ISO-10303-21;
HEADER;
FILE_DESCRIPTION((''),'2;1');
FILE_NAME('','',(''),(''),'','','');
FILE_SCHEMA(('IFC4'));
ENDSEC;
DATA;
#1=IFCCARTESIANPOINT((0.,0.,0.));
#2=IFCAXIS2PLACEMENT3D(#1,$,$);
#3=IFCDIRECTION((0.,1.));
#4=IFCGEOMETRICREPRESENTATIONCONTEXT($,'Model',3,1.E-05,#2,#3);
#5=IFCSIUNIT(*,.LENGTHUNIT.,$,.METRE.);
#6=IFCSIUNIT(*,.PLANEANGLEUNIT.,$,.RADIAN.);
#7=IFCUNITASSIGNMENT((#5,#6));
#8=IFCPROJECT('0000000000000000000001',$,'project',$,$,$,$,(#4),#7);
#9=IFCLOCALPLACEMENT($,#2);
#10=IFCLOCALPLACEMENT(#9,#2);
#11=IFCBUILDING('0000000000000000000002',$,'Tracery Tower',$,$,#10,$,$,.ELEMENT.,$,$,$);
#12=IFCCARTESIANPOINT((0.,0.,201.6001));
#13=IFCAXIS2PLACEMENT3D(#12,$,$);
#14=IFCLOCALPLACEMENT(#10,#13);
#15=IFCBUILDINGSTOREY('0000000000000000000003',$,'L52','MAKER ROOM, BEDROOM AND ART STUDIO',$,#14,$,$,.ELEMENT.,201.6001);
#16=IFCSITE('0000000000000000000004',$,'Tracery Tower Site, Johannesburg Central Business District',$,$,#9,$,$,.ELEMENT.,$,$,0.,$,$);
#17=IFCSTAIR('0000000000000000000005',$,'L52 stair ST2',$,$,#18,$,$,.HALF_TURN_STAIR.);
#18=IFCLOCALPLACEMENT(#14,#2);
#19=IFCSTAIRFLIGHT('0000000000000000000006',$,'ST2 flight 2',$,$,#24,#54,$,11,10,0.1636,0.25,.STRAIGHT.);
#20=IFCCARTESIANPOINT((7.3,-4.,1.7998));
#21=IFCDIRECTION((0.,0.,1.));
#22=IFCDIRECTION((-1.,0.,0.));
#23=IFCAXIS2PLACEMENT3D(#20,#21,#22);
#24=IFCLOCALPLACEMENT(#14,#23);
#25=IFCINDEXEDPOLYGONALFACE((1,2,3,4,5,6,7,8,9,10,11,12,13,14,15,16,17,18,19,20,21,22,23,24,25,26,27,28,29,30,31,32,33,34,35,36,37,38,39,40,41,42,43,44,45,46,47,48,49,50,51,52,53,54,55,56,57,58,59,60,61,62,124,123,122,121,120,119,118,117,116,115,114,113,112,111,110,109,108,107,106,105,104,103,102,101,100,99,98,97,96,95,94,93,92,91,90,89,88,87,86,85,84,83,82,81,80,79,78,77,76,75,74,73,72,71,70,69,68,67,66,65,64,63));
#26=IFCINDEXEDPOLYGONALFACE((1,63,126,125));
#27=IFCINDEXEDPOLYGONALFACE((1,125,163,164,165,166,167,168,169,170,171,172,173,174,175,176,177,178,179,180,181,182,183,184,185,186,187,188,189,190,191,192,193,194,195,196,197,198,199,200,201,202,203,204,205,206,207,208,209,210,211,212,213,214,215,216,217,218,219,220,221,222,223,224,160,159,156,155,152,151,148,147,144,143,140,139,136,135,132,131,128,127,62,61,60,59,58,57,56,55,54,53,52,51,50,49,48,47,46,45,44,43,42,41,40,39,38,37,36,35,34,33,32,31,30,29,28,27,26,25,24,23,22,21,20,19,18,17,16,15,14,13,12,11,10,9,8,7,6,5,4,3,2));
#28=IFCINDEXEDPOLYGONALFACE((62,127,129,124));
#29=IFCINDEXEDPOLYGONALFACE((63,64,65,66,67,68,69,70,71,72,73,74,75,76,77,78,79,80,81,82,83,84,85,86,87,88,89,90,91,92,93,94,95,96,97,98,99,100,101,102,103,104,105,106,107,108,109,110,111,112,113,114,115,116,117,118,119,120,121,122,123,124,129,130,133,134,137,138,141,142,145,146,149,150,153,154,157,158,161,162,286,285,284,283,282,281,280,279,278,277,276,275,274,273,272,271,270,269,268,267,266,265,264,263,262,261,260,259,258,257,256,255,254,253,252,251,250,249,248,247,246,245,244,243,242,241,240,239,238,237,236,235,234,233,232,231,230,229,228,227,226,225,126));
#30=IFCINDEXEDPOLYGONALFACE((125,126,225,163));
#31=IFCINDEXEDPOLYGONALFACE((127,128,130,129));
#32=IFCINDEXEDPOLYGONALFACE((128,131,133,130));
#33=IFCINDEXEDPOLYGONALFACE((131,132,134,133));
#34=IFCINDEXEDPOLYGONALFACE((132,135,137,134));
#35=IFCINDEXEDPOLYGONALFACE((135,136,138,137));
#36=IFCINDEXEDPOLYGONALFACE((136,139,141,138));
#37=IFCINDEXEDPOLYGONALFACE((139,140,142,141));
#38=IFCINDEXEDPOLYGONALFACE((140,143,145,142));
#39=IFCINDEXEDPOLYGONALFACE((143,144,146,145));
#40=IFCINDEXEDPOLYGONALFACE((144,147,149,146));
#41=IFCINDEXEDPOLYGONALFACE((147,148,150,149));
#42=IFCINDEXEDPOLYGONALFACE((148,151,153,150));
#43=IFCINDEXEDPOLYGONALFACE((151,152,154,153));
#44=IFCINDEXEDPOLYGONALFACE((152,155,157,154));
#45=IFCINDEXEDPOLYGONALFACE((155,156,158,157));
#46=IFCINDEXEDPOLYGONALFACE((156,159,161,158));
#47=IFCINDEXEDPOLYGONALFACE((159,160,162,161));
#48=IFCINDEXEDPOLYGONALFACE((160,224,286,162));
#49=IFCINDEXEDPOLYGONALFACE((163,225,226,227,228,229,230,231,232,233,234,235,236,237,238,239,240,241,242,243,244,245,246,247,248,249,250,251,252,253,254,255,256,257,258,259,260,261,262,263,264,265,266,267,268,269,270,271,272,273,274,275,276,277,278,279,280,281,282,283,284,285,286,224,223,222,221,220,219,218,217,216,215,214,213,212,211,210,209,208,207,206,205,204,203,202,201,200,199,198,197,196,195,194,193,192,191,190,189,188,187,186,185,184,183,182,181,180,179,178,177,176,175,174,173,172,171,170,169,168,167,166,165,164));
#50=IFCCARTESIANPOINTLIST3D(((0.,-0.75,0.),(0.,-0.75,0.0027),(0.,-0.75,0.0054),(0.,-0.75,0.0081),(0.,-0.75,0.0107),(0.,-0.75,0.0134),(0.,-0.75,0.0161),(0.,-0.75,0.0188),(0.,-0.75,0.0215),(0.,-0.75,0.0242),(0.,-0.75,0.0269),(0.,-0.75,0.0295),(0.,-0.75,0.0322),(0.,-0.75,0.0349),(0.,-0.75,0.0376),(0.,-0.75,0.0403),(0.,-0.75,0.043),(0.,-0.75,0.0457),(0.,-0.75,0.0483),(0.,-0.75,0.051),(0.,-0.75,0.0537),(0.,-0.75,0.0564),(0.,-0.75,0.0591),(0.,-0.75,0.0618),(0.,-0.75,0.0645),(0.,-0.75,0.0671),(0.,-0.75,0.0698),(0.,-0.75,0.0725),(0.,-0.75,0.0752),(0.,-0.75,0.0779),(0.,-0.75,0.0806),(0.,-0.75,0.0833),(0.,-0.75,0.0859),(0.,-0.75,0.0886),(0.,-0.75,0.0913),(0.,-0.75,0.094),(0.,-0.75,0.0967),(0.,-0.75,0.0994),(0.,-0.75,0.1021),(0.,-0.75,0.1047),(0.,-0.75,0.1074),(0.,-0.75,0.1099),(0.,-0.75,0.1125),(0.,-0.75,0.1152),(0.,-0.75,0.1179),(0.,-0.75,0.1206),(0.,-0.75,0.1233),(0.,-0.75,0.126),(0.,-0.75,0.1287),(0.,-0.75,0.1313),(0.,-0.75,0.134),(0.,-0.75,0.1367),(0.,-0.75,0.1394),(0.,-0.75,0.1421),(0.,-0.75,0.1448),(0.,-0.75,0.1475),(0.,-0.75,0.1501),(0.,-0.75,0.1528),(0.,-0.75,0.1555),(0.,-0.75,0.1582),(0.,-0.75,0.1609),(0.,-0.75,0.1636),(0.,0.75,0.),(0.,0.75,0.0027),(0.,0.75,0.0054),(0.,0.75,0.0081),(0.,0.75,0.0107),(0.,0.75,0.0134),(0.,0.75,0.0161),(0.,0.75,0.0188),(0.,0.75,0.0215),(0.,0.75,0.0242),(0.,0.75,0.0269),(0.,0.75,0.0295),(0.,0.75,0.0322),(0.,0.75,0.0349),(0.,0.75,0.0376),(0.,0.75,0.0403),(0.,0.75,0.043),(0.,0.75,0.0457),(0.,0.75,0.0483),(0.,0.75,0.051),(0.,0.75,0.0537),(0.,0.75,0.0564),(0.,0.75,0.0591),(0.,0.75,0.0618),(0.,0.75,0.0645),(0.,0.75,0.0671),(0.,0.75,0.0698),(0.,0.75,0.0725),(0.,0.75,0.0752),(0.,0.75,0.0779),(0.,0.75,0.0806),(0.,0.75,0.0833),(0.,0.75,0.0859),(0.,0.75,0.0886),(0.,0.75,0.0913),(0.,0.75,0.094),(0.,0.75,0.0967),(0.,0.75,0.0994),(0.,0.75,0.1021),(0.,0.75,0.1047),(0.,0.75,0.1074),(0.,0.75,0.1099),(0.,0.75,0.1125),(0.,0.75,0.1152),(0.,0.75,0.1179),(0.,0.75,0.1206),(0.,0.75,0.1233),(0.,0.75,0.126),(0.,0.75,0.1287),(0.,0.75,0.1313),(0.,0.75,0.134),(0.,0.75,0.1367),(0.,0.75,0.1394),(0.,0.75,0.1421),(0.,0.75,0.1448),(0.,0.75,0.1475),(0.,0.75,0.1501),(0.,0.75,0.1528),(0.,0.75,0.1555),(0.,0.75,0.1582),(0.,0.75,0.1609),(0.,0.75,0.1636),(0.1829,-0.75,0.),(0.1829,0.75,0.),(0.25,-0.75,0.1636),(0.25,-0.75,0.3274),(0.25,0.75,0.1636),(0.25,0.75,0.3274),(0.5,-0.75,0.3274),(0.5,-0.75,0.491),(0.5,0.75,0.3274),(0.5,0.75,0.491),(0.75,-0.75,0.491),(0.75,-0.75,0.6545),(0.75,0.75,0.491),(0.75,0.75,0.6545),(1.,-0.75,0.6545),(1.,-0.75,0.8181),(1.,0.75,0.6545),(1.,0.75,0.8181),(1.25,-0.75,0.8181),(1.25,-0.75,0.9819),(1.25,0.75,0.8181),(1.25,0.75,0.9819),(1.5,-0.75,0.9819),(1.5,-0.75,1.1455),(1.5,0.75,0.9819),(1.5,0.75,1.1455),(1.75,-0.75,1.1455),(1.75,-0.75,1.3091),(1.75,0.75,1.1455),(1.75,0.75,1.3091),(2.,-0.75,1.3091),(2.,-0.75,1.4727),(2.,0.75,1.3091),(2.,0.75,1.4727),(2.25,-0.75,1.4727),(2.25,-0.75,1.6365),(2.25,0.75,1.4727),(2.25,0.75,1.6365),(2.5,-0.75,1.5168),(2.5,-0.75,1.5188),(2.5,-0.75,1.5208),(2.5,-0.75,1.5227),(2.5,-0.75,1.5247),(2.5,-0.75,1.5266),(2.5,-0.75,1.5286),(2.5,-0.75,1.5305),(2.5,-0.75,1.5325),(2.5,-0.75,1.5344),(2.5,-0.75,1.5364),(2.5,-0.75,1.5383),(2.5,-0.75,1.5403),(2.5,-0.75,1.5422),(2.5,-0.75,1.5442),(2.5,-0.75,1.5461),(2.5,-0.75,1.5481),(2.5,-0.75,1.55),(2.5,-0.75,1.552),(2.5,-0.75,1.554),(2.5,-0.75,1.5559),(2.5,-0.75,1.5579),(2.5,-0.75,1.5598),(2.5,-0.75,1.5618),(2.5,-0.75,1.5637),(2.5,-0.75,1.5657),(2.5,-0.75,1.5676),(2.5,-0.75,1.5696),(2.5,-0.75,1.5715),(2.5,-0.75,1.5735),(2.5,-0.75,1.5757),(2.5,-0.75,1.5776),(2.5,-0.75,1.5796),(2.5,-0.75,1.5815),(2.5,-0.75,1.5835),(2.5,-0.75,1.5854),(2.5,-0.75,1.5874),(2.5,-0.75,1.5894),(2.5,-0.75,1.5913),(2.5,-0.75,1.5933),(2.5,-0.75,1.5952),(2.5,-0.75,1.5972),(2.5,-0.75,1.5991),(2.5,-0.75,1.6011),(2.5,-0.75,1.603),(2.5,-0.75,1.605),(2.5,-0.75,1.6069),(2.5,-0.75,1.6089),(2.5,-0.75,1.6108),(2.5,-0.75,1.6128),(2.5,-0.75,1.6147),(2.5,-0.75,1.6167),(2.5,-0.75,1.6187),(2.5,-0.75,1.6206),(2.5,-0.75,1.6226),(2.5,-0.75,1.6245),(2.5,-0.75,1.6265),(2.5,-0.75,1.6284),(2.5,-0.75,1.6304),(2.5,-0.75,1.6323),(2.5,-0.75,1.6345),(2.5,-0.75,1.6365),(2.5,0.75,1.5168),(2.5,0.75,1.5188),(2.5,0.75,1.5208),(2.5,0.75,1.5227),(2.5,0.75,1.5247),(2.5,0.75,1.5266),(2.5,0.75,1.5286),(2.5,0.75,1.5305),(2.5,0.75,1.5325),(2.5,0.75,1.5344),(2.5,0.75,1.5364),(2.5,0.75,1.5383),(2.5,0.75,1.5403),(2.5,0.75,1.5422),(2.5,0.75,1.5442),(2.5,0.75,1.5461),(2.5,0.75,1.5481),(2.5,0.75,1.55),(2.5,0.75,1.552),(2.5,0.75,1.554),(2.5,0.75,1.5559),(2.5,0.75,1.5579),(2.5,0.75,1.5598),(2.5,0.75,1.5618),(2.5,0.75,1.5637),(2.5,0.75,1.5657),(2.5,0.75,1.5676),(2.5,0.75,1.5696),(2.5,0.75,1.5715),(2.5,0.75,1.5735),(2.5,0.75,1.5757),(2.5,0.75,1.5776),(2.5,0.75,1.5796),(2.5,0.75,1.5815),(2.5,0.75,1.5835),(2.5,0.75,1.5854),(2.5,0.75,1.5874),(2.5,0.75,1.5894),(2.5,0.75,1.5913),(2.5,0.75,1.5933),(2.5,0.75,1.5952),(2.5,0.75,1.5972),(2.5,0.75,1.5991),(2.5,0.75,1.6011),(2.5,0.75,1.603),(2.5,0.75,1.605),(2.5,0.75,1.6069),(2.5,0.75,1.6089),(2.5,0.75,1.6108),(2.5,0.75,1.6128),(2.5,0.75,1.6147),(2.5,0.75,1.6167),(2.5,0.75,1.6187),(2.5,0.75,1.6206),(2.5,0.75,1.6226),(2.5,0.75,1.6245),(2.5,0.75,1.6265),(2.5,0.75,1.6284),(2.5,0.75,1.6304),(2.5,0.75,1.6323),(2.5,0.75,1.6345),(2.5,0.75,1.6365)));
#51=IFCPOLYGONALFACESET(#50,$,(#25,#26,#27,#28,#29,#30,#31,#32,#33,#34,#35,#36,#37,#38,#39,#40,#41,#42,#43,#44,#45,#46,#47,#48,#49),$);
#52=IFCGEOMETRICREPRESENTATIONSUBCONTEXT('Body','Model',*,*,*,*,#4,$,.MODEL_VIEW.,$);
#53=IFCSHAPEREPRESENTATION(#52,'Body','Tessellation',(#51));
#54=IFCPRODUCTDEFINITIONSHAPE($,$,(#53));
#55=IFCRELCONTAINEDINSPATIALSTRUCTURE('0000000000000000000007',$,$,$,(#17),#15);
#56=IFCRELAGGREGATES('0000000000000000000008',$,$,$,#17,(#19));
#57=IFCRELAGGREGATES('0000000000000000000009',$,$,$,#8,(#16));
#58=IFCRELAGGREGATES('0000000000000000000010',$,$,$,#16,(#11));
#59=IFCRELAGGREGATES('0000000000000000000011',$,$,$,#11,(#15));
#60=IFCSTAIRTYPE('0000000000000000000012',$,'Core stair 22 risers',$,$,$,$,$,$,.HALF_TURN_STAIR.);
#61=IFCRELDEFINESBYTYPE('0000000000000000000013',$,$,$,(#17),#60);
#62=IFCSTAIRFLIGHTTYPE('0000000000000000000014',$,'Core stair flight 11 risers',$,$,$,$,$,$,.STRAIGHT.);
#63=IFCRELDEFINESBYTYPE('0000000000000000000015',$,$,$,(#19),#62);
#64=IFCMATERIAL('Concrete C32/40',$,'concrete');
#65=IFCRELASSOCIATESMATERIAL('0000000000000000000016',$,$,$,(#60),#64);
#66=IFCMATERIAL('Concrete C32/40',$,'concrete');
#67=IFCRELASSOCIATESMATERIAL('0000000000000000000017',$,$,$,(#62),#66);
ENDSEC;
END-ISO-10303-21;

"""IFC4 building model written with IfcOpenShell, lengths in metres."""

from ifc_helpers import new_model, si_unit, direction, frame, origin, place, context, subcontext, project, spatial, polyline, outline, extrude, material, type_object, element, aggregate, save


model = new_model("IFC4")

# Units and contexts
model_context = context("Model", 3, precision=1e-05, world=origin(), true_north=direction((0.0, 1.0)))
body_context = subcontext(model_context, "Body", "Model", "MODEL_VIEW")
ifc_project = project(units=[si_unit("LENGTHUNIT", "METRE"), si_unit("PLANEANGLEUNIT", "RADIAN")], contexts=[model_context])

# Site, building, storey
site_placement = place(None, origin())
site = spatial("IfcSite", under=ifc_project, at=site_placement, Name="Tracery Tower Site, Johannesburg Central Business District", CompositionType="ELEMENT", RefElevation=0.0)
building_placement = place(site_placement, origin())
building = spatial("IfcBuilding", under=site, at=building_placement, Name="Tracery Tower", CompositionType="ELEMENT")
storey_placement = place(building_placement, frame((0.0, 0.0, 201.6001)))
storey = spatial("IfcBuildingStorey", under=building, at=storey_placement, Name="L52", Description="MAKER ROOM, BEDROOM AND ART STUDIO", CompositionType="ELEMENT", Elevation=201.6001)

# Stair, stair flight
ifc_material_1 = material(Name="Concrete C32/40", Category="concrete")
stair_type = type_object("IfcStairType", Name="Core stair 22 risers", PredefinedType="HALF_TURN_STAIR", material=ifc_material_1)
stair_placement = place(storey_placement, origin())
stair = element("IfcStair", 1, at=stair_placement, inside=storey, type_object=stair_type, Name="L52 stair ST2", PredefinedType="HALF_TURN_STAIR")
ifc_material_2 = material(Name="Concrete C32/40", Category="concrete")
stair_flight_type = type_object("IfcStairFlightType", Name="Core stair flight 11 risers", PredefinedType="STRAIGHT", material=ifc_material_2)
stair_flight_1_placement = place(storey_placement, frame((7.3, -4.0, 1.7998), z_axis=(0.0, 0.0, 1.0), x_axis=(-1.0, 0.0, 0.0)))
stair_flight_1 = element("IfcStairFlight", 2, at=stair_flight_1_placement, type_object=stair_flight_type, Name="ST2 flight 2", NumberOfRisers=11, NumberOfTreads=10, PredefinedType="STRAIGHT", RiserHeight=0.1636, TreadLength=0.25, context=body_context, shape_type="SweptSolid", body=[
    extrude(outline(polyline([(0.0, 0.0), (0.0, 0.0027), (0.0, 0.0054), (0.0, 0.0081), (0.0, 0.0107), (0.0, 0.0134), (0.0, 0.0161), (0.0, 0.0188), (0.0, 0.0215), (0.0, 0.0242), (0.0, 0.0269), (0.0, 0.0295), (0.0, 0.0322), (0.0, 0.0349), (0.0, 0.0376), (0.0, 0.0403), (0.0, 0.043), (0.0, 0.0457), (0.0, 0.0483), (0.0, 0.051), (0.0, 0.0537), (0.0, 0.0564), (0.0, 0.0591), (0.0, 0.0618), (0.0, 0.0645), (0.0, 0.0671), (0.0, 0.0698), (0.0, 0.0725), (0.0, 0.0752), (0.0, 0.0779), (0.0, 0.0806), (0.0, 0.0833), (0.0, 0.0859), (0.0, 0.0886), (0.0, 0.0913), (0.0, 0.094), (0.0, 0.0967), (0.0, 0.0994), (0.0, 0.1021), (0.0, 0.1047), (0.0, 0.1074), (0.0, 0.1099), (0.0, 0.1125), (0.0, 0.1152), (0.0, 0.1179), (0.0, 0.1206), (0.0, 0.1233), (0.0, 0.126), (0.0, 0.1287), (0.0, 0.1313), (0.0, 0.134), (0.0, 0.1367), (0.0, 0.1394), (0.0, 0.1421), (0.0, 0.1448), (0.0, 0.1475), (0.0, 0.1501), (0.0, 0.1528), (0.0, 0.1555), (0.0, 0.1582), (0.0, 0.1609), (0.0, 0.1636), (0.25, 0.1636), (0.25, 0.3274), (0.5, 0.3274), (0.5, 0.491), (0.75, 0.491), (0.75, 0.6545), (1.0, 0.6545), (1.0, 0.8181), (1.25, 0.8181), (1.25, 0.9819), (1.5, 0.9819), (1.5, 1.1455), (1.75, 1.1455), (1.75, 1.3091), (2.0, 1.3091), (2.0, 1.4727), (2.25, 1.4727), (2.25, 1.6365), (2.5, 1.6365), (2.5, 1.6345), (2.5, 1.6323), (2.5, 1.6304), (2.5, 1.6284), (2.5, 1.6265), (2.5, 1.6245), (2.5, 1.6226), (2.5, 1.6206), (2.5, 1.6187), (2.5, 1.6167), (2.5, 1.6147), (2.5, 1.6128), (2.5, 1.6108), (2.5, 1.6089), (2.5, 1.6069), (2.5, 1.605), (2.5, 1.603), (2.5, 1.6011), (2.5, 1.5991), (2.5, 1.5972), (2.5, 1.5952), (2.5, 1.5933), (2.5, 1.5913), (2.5, 1.5894), (2.5, 1.5874), (2.5, 1.5854), (2.5, 1.5835), (2.5, 1.5815), (2.5, 1.5796), (2.5, 1.5776), (2.5, 1.5757), (2.5, 1.5735), (2.5, 1.5715), (2.5, 1.5696), (2.5, 1.5676), (2.5, 1.5657), (2.5, 1.5637), (2.5, 1.5618), (2.5, 1.5598), (2.5, 1.5579), (2.5, 1.5559), (2.5, 1.554), (2.5, 1.552), (2.5, 1.55), (2.5, 1.5481), (2.5, 1.5461), (2.5, 1.5442), (2.5, 1.5422), (2.5, 1.5403), (2.5, 1.5383), (2.5, 1.5364), (2.5, 1.5344), (2.5, 1.5325), (2.5, 1.5305), (2.5, 1.5286), (2.5, 1.5266), (2.5, 1.5247), (2.5, 1.5227), (2.5, 1.5208), (2.5, 1.5188), (2.5, 1.5168), (0.1829, 0.0), (0.0, 0.0)])), frame((0.0, 0.75, 0.0), z_axis=(0.0, -1.0, 0.0), x_axis=(1.0, 0.0, 0.0)), (0.0, 0.0, 1.0), 1.5),
])
aggregate(stair, [stair_flight_1])

save(model, "model.ifc")
